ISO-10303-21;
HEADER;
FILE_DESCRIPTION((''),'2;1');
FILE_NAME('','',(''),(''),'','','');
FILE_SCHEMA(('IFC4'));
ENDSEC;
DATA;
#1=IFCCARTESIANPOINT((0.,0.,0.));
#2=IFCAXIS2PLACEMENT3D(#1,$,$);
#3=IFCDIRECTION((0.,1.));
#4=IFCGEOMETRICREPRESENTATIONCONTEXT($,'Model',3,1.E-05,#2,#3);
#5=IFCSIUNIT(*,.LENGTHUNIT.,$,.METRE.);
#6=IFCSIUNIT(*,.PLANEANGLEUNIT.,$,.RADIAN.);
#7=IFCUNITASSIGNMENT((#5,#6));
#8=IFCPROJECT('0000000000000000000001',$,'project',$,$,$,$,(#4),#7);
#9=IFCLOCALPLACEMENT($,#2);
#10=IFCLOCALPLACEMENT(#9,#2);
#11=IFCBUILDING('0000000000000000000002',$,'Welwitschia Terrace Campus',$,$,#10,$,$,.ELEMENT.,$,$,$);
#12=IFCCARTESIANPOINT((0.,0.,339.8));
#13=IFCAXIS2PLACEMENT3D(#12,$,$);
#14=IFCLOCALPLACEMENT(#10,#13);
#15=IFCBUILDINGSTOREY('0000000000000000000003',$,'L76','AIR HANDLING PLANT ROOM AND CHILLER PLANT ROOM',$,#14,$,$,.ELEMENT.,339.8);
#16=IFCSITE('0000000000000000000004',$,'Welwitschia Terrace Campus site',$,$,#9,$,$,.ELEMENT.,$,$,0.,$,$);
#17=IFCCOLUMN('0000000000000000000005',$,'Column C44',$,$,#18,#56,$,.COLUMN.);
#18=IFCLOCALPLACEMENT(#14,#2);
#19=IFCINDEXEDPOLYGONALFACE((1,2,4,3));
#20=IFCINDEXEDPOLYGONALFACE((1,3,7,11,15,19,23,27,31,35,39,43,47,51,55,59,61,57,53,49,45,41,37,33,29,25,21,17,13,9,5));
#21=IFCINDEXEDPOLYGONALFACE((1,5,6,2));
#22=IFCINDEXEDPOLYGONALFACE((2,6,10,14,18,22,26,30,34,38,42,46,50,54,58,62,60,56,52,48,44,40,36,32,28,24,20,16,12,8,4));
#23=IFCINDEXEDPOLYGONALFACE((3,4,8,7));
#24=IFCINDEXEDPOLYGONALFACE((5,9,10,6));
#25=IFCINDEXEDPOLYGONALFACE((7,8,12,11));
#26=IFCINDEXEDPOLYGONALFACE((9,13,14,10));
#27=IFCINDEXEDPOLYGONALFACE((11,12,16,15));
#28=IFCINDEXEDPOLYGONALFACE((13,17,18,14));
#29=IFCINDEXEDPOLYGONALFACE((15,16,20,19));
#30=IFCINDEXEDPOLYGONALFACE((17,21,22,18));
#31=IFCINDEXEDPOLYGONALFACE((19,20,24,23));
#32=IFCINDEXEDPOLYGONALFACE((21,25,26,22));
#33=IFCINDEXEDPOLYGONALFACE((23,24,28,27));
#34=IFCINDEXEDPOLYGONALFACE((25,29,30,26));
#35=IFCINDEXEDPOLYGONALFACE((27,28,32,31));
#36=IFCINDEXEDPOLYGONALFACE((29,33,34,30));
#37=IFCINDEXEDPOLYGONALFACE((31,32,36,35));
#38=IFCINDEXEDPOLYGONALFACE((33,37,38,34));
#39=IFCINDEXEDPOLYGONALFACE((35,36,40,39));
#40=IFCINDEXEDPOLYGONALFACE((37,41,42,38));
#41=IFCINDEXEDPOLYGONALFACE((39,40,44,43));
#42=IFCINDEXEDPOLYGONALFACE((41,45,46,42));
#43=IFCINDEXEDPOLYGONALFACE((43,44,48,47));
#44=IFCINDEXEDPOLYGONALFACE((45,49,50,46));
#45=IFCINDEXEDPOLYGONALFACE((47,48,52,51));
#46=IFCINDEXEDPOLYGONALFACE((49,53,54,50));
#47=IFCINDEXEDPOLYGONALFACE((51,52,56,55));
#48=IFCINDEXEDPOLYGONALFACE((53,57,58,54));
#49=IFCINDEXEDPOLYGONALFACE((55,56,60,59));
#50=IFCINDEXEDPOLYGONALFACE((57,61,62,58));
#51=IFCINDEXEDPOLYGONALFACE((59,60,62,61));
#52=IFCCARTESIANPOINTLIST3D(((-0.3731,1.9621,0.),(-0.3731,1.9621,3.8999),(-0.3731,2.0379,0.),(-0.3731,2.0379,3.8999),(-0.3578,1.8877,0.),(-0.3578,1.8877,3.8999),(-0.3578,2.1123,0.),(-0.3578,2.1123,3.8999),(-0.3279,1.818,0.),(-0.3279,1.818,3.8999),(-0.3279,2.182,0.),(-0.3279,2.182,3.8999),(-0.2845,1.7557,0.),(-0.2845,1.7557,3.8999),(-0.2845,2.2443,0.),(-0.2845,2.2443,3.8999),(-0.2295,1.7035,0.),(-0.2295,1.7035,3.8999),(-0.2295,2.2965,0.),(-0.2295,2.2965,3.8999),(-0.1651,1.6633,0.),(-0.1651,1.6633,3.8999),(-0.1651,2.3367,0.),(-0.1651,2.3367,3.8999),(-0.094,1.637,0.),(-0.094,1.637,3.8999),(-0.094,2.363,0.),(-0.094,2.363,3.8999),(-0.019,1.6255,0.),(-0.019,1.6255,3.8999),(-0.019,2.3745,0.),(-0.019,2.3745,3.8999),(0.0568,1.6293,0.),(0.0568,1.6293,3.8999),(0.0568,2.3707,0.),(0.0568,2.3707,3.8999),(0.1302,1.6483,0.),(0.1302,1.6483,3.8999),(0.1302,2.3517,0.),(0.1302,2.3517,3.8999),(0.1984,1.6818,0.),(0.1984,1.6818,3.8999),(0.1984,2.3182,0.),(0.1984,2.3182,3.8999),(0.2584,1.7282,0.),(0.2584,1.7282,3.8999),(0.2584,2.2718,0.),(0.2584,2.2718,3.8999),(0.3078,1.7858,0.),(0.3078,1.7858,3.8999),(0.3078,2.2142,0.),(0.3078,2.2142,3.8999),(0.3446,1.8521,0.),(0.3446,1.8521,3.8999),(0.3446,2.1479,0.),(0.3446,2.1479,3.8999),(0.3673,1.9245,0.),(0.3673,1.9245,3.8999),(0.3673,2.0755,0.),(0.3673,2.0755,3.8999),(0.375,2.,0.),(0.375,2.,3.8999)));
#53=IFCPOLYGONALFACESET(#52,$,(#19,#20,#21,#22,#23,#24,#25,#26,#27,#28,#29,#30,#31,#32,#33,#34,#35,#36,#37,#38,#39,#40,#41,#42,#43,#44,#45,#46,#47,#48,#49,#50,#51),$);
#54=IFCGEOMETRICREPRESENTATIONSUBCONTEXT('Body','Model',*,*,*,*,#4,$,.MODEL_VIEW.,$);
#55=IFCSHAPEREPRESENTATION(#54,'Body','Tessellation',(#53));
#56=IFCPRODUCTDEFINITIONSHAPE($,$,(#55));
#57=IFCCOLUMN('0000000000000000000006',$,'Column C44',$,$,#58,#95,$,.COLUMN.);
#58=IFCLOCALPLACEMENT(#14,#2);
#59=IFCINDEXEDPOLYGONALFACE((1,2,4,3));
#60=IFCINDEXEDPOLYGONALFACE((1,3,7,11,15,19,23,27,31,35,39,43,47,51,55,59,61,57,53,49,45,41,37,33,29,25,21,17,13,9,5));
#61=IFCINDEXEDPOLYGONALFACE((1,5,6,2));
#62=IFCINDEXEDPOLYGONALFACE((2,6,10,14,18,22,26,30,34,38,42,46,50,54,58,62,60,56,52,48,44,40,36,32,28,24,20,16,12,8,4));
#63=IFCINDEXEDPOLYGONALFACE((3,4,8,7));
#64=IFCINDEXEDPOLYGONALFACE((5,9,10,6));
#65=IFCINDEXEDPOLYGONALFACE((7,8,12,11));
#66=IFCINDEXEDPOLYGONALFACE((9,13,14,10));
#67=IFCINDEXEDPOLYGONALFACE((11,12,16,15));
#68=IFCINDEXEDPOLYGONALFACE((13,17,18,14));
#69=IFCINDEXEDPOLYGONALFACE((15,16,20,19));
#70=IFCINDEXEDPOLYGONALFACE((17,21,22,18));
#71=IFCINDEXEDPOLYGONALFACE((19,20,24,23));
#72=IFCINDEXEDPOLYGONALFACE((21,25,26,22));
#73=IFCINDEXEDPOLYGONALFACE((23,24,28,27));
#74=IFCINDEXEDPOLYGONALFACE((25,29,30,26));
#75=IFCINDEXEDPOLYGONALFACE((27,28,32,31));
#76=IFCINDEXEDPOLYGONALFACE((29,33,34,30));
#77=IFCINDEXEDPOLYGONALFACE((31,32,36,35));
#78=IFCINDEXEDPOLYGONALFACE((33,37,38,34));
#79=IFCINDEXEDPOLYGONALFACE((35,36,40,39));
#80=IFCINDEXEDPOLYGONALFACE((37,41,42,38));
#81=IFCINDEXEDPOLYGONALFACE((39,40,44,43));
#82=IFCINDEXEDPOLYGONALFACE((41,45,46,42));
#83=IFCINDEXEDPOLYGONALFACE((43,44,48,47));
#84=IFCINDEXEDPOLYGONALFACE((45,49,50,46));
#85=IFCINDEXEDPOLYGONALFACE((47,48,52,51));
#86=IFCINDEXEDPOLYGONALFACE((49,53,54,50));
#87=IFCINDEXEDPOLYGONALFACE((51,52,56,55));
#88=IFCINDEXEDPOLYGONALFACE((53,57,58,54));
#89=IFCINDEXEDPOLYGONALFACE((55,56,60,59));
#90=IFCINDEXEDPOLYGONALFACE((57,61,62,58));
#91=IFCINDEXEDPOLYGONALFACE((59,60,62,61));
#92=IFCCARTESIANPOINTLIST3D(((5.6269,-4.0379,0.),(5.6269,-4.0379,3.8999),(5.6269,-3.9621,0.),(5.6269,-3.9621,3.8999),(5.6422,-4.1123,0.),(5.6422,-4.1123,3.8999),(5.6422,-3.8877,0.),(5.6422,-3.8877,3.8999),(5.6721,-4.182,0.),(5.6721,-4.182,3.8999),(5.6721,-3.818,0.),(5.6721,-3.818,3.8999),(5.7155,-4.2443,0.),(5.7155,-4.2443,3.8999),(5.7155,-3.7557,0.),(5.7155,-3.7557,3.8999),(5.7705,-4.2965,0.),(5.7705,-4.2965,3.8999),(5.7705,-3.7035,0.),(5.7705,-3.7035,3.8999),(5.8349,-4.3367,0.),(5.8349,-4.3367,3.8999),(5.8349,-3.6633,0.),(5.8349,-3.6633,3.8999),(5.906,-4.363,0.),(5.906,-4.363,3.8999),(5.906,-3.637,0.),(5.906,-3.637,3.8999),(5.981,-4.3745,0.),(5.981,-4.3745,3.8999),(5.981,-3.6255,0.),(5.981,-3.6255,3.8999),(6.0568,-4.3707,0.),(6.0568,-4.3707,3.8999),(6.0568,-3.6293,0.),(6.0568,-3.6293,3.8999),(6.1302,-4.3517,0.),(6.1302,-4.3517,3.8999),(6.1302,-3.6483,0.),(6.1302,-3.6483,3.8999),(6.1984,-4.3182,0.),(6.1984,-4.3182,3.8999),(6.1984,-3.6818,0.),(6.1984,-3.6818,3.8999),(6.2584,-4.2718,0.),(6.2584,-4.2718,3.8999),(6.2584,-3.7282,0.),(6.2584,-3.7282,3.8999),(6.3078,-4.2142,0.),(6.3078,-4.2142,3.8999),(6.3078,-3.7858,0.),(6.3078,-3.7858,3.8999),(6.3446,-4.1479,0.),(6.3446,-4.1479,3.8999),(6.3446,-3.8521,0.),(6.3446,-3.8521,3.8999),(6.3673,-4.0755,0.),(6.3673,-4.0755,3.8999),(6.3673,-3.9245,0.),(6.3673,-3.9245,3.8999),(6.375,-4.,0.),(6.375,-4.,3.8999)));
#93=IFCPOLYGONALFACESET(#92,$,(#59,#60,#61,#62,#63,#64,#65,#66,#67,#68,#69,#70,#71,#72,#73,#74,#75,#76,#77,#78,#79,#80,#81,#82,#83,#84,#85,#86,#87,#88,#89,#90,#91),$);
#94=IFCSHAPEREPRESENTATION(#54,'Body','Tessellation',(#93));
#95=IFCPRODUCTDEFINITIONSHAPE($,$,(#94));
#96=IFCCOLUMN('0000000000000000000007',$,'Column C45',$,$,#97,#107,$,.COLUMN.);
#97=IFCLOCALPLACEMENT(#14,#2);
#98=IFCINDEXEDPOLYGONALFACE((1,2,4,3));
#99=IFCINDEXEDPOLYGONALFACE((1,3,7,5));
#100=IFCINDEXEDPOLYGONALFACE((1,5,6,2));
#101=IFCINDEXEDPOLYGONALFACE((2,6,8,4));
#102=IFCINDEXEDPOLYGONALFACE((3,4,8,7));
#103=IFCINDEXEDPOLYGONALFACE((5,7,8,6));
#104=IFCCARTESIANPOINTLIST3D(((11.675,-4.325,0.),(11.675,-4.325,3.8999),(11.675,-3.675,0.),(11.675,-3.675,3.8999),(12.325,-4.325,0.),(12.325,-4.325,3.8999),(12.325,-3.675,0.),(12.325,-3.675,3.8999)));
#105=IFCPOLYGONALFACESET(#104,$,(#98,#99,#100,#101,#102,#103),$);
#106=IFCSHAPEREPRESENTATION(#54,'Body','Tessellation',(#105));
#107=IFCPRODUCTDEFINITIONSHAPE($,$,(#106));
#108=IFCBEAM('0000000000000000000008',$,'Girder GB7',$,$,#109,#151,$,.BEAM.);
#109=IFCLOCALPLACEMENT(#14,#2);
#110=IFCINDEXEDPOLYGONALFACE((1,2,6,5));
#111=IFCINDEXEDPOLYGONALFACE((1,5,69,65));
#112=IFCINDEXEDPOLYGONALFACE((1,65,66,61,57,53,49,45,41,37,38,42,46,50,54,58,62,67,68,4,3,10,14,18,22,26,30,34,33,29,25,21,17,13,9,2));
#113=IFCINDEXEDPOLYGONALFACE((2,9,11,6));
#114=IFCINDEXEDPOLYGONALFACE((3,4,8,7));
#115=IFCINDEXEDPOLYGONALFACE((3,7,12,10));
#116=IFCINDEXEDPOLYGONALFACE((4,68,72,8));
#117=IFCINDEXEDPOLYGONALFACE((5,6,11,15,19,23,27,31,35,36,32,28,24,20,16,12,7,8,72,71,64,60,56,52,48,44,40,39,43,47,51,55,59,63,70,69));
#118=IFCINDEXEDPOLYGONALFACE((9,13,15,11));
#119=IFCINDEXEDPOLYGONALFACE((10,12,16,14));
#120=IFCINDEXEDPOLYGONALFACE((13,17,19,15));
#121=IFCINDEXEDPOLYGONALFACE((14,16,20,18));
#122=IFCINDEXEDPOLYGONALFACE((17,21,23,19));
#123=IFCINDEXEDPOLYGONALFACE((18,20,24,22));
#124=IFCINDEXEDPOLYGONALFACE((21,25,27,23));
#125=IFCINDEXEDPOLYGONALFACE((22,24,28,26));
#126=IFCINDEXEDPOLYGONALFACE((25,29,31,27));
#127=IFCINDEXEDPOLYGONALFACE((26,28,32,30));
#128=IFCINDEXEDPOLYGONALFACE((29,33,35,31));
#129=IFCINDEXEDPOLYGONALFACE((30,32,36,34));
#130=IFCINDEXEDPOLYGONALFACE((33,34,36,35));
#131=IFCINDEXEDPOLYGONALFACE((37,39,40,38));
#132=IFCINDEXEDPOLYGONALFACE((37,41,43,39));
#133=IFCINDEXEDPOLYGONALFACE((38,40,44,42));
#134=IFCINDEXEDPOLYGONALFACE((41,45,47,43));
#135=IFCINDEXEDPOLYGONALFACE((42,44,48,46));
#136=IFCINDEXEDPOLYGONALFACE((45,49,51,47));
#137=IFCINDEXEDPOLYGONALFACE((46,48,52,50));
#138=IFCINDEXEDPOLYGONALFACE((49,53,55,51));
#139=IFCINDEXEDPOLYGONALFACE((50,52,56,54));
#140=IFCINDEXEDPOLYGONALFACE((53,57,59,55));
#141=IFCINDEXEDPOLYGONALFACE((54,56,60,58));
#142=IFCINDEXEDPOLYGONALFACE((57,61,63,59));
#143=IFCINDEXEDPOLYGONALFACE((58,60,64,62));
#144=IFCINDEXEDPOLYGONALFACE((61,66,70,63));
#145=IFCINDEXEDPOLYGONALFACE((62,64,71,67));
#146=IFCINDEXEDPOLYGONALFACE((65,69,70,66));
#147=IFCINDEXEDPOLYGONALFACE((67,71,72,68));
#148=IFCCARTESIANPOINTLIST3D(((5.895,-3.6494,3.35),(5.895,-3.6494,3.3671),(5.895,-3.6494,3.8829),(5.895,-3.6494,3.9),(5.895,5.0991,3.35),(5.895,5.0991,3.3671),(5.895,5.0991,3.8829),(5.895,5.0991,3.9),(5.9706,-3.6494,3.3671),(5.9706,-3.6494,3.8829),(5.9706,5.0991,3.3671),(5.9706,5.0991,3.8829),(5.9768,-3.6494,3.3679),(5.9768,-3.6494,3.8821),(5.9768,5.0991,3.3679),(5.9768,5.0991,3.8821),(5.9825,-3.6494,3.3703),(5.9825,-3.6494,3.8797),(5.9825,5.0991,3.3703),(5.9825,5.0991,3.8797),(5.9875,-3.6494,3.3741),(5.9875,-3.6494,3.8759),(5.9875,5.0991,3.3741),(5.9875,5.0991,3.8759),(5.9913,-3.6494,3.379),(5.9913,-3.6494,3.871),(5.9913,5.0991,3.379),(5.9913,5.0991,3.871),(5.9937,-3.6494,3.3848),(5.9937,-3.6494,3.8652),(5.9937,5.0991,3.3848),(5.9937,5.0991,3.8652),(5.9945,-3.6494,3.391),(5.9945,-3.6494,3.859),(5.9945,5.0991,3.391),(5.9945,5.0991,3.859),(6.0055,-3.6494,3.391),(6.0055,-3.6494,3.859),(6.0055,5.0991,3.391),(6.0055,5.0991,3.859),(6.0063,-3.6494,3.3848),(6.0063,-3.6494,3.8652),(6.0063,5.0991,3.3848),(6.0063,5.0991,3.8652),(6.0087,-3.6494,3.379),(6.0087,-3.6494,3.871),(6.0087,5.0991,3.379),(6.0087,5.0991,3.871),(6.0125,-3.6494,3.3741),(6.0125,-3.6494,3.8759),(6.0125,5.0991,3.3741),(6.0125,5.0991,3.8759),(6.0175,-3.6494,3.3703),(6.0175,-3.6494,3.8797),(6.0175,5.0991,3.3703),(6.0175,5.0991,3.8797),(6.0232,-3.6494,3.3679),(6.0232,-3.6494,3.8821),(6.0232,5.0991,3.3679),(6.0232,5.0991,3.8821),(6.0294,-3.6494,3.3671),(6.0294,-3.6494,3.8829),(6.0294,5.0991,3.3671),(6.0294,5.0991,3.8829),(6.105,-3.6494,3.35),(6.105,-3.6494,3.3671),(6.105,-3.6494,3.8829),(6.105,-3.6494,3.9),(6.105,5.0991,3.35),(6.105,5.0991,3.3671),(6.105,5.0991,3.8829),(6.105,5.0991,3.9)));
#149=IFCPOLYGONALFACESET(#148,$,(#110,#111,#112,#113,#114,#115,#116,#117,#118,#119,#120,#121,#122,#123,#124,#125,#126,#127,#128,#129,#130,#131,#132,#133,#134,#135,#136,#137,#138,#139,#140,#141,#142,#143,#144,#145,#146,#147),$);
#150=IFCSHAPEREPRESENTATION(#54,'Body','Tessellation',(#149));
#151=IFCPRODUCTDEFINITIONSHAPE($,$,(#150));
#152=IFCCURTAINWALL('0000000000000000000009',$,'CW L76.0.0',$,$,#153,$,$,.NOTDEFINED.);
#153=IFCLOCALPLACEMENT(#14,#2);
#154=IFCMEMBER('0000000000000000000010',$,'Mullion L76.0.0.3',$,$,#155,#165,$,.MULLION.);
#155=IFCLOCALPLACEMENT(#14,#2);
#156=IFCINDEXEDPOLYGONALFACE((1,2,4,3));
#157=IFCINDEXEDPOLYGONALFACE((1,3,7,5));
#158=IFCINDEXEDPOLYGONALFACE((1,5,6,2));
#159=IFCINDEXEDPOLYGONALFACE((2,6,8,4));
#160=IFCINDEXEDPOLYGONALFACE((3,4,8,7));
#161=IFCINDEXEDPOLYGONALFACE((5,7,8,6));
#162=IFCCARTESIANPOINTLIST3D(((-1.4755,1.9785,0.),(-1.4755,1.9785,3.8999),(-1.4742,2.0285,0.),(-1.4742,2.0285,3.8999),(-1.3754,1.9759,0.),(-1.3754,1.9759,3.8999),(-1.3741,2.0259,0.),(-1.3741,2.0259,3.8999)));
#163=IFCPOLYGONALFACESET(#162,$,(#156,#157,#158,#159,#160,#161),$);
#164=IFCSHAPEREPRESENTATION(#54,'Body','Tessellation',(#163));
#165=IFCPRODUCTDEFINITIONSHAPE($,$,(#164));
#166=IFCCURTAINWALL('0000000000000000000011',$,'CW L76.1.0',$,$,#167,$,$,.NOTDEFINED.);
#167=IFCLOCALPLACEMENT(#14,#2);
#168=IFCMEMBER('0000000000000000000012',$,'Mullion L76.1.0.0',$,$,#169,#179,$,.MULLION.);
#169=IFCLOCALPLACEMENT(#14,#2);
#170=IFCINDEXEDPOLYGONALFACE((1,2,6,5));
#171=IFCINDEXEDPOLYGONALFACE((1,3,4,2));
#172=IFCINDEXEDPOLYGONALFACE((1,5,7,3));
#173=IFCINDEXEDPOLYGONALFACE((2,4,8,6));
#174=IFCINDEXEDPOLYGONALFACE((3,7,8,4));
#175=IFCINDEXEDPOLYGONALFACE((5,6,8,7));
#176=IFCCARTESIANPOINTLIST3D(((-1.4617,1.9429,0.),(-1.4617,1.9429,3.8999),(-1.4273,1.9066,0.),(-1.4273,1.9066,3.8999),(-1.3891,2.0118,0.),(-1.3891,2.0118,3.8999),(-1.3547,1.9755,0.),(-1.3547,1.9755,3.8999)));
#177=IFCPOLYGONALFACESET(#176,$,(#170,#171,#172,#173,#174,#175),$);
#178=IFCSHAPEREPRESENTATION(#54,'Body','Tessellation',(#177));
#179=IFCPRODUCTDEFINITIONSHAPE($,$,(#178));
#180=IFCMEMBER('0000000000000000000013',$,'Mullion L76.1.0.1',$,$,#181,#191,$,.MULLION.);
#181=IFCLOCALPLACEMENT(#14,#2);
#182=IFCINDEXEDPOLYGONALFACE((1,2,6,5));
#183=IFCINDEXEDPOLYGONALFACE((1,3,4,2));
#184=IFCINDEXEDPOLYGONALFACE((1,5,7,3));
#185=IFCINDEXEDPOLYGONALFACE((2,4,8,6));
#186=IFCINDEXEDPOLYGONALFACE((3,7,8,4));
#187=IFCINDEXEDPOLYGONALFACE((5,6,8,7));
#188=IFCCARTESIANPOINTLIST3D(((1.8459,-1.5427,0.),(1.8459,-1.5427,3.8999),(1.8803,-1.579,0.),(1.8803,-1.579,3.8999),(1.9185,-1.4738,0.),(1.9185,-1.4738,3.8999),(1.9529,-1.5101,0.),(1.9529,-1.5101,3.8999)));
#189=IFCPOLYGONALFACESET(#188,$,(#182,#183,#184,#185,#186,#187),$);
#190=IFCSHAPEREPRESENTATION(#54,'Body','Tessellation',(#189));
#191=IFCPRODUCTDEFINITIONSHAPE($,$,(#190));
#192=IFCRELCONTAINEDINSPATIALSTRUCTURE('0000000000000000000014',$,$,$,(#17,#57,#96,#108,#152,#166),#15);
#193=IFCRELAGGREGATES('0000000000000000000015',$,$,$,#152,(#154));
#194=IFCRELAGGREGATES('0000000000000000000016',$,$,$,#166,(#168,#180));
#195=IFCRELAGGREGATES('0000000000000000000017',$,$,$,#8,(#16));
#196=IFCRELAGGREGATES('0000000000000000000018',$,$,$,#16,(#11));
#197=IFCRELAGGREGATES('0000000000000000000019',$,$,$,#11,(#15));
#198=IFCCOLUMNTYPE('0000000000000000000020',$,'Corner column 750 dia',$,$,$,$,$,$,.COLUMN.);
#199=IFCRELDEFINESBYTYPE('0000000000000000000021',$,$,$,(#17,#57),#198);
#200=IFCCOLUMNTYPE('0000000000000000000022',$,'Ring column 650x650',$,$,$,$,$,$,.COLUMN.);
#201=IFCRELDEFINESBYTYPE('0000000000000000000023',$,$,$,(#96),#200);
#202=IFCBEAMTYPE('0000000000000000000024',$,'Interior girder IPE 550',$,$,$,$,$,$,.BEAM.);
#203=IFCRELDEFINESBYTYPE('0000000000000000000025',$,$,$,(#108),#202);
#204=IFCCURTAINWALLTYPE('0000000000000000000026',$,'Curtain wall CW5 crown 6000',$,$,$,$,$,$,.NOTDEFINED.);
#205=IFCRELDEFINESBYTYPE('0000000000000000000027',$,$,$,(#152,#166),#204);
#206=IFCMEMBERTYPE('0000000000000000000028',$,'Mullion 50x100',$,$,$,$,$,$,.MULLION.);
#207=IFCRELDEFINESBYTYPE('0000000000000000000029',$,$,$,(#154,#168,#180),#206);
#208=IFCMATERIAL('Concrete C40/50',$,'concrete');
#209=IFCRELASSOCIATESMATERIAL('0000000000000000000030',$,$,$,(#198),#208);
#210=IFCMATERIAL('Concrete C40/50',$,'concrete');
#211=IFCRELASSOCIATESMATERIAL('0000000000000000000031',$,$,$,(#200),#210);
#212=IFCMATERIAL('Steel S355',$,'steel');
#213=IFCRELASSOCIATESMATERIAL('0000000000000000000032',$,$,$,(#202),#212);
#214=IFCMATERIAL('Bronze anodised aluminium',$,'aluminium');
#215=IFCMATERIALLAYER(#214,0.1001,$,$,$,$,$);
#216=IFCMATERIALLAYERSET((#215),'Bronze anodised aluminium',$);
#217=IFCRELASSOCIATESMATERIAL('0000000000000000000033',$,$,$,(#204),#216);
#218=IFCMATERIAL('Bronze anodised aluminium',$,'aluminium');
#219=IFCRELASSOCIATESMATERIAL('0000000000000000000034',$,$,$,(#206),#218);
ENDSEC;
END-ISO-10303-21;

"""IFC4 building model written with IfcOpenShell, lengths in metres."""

from ifc_helpers import new_model, si_unit, direction, frame, origin, origin_2d, place, context, subcontext, project, spatial, rectangle, circle, i_section, extrude, material, layer, layer_set, material_profile, profile_set, type_object, element, aggregate, save


model = new_model("IFC4")

# Units and contexts
model_context = context("Model", 3, precision=1e-05, world=origin(), true_north=direction((0.0, 1.0)))
body_context = subcontext(model_context, "Body", "Model", "MODEL_VIEW")
ifc_project = project(units=[si_unit("LENGTHUNIT", "METRE"), si_unit("PLANEANGLEUNIT", "RADIAN")], contexts=[model_context])

# Site, building, storey
site_placement = place(None, origin())
site = spatial("IfcSite", under=ifc_project, at=site_placement, Name="Welwitschia Terrace Campus site", CompositionType="ELEMENT", RefElevation=0.0)
building_placement = place(site_placement, origin())
building = spatial("IfcBuilding", under=site, at=building_placement, Name="Welwitschia Terrace Campus", CompositionType="ELEMENT")
storey_placement = place(building_placement, frame((0.0, 0.0, 339.8)))
storey = spatial("IfcBuildingStorey", under=building, at=storey_placement, Name="L76", Description="AIR HANDLING PLANT ROOM AND CHILLER PLANT ROOM", CompositionType="ELEMENT", Elevation=339.8)

# Columns
ifc_material_1 = material(Name="Concrete C40/50", Category="concrete")
ifc_material_profile_1 = material_profile(ifc_material_1, circle(Radius=0.375, at=origin_2d()))
ifc_profile_set_1 = profile_set([ifc_material_profile_1], Name="Concrete C40/50")
column_type_1 = type_object("IfcColumnType", Name="Corner column 750 dia", PredefinedType="COLUMN", material=ifc_profile_set_1)
for number, where, z_axis, x_axis, name in (
    (1, (0.0, 2.0, 0.0), (0.0, 0.0, 1.0), (1.0, 0.0, 0.0), "Column C44"),
    (2, (6.0, -4.0, 0.0), (0.0, 0.0, 1.0), (1.0, 0.0, 0.0), "Column C44"),
):
    element("IfcColumn", number, at=place(storey_placement, frame(where, z_axis=z_axis, x_axis=x_axis)), inside=storey, type_object=column_type_1, Name=name, PredefinedType="COLUMN", context=body_context, shape_type="SweptSolid", body=[
        extrude(circle(Radius=0.375, at=origin_2d()), origin(), (0.0, 0.0, 1.0), 3.8999),
    ])
ifc_material_2 = material(Name="Concrete C40/50", Category="concrete")
ifc_material_profile_2 = material_profile(ifc_material_2, rectangle(XDim=0.6499, YDim=0.6499, at=origin_2d()))
ifc_profile_set_2 = profile_set([ifc_material_profile_2], Name="Concrete C40/50")
column_type_2 = type_object("IfcColumnType", Name="Ring column 650x650", PredefinedType="COLUMN", material=ifc_profile_set_2)
column_placement = place(storey_placement, frame((12.0, -4.0, 0.0), z_axis=(0.0, 0.0, 1.0), x_axis=(1.0, 0.0, 0.0)))
element("IfcColumn", 3, at=column_placement, inside=storey, type_object=column_type_2, Name="Column C45", PredefinedType="COLUMN", context=body_context, shape_type="SweptSolid", body=[
    extrude(rectangle(XDim=0.6499, YDim=0.6499, at=origin_2d()), origin(), (0.0, 0.0, 1.0), 3.8999),
])

# Beam
ifc_material_3 = material(Name="Steel S355", Category="steel")
ifc_material_profile_3 = material_profile(ifc_material_3, i_section(OverallWidth=0.21, OverallDepth=0.55, WebThickness=0.011, FlangeThickness=0.0171, FilletRadius=0.0239, at=origin_2d()))
ifc_profile_set_3 = profile_set([ifc_material_profile_3], Name="Steel S355")
beam_type_1 = type_object("IfcBeamType", Name="Interior girder IPE 550", PredefinedType="BEAM", material=ifc_profile_set_3)
beam_1_placement = place(storey_placement, frame((6.0, -3.6494, 3.625), z_axis=(0.0, 1.0, 0.0), x_axis=(-1.0, 0.0, 0.0)))
element("IfcBeam", 4, at=beam_1_placement, inside=storey, type_object=beam_type_1, Name="Girder GB7", PredefinedType="BEAM", context=body_context, shape_type="SweptSolid", body=[
    extrude(i_section(OverallWidth=0.21, OverallDepth=0.55, WebThickness=0.011, FlangeThickness=0.0171, FilletRadius=0.0239, at=origin_2d()), origin(), (0.0, 0.0, 1.0), 8.7485),
])

# Curtain wall, member
ifc_material_4 = material(Name="Bronze anodised aluminium", Category="aluminium")
ifc_layer_1 = layer(ifc_material_4, 0.1001)
ifc_layer_set_1 = layer_set([ifc_layer_1], Name="Bronze anodised aluminium")
curtain_wall_type = type_object("IfcCurtainWallType", Name="Curtain wall CW5 crown 6000", PredefinedType="NOTDEFINED", material=ifc_layer_set_1)
curtain_wall_1_placement = place(storey_placement, origin())
curtain_wall_1 = element("IfcCurtainWall", 5, at=curtain_wall_1_placement, inside=storey, type_object=curtain_wall_type, Name="CW L76.0.0", PredefinedType="NOTDEFINED")
ifc_material_5 = material(Name="Bronze anodised aluminium", Category="aluminium")
ifc_material_profile_4 = material_profile(ifc_material_5, rectangle(XDim=0.1001, YDim=0.05, at=origin_2d()))
ifc_profile_set_4 = profile_set([ifc_material_profile_4], Name="Bronze anodised aluminium")
member_type_1 = type_object("IfcMemberType", Name="Mullion 50x100", PredefinedType="MULLION", material=ifc_profile_set_4)
member_1_placement = place(storey_placement, frame((-1.4248, 2.0022, 0.0), z_axis=(0.0, 0.0, 1.0), x_axis=(0.999657, -0.026177, 0.0)))
member_1 = element("IfcMember", 6, at=member_1_placement, type_object=member_type_1, Name="Mullion L76.0.0.3", PredefinedType="MULLION", context=body_context, shape_type="SweptSolid", body=[
    extrude(rectangle(XDim=0.1001, YDim=0.05, at=origin_2d()), origin(), (0.0, 0.0, 1.0), 3.8999),
])

# Curtain wall, members
curtain_wall_2_placement = place(storey_placement, origin())
curtain_wall_2 = element("IfcCurtainWall", 7, at=curtain_wall_2_placement, inside=storey, type_object=curtain_wall_type, Name="CW L76.1.0", PredefinedType="NOTDEFINED")
member_2_placement = place(storey_placement, frame((-1.4082, 1.9592, 0.0), z_axis=(0.0, 0.0, 1.0), x_axis=(0.725374, 0.688355, 0.0)))
member_2 = element("IfcMember", 8, at=member_2_placement, type_object=member_type_1, Name="Mullion L76.1.0.0", PredefinedType="MULLION", context=body_context, shape_type="SweptSolid", body=[
    extrude(rectangle(XDim=0.1001, YDim=0.05, at=origin_2d()), origin(), (0.0, 0.0, 1.0), 3.8999),
])
member_3_placement = place(storey_placement, frame((1.8994, -1.5264, 0.0), z_axis=(0.0, 0.0, 1.0), x_axis=(0.725374, 0.688355, 0.0)))
member_3 = element("IfcMember", 9, at=member_3_placement, type_object=member_type_1, Name="Mullion L76.1.0.1", PredefinedType="MULLION", context=body_context, shape_type="SweptSolid", body=[
    extrude(rectangle(XDim=0.1001, YDim=0.05, at=origin_2d()), origin(), (0.0, 0.0, 1.0), 3.8999),
])

aggregate(curtain_wall_1, [member_1])
aggregate(curtain_wall_2, [member_2, member_3])

save(model, "model.ifc")
